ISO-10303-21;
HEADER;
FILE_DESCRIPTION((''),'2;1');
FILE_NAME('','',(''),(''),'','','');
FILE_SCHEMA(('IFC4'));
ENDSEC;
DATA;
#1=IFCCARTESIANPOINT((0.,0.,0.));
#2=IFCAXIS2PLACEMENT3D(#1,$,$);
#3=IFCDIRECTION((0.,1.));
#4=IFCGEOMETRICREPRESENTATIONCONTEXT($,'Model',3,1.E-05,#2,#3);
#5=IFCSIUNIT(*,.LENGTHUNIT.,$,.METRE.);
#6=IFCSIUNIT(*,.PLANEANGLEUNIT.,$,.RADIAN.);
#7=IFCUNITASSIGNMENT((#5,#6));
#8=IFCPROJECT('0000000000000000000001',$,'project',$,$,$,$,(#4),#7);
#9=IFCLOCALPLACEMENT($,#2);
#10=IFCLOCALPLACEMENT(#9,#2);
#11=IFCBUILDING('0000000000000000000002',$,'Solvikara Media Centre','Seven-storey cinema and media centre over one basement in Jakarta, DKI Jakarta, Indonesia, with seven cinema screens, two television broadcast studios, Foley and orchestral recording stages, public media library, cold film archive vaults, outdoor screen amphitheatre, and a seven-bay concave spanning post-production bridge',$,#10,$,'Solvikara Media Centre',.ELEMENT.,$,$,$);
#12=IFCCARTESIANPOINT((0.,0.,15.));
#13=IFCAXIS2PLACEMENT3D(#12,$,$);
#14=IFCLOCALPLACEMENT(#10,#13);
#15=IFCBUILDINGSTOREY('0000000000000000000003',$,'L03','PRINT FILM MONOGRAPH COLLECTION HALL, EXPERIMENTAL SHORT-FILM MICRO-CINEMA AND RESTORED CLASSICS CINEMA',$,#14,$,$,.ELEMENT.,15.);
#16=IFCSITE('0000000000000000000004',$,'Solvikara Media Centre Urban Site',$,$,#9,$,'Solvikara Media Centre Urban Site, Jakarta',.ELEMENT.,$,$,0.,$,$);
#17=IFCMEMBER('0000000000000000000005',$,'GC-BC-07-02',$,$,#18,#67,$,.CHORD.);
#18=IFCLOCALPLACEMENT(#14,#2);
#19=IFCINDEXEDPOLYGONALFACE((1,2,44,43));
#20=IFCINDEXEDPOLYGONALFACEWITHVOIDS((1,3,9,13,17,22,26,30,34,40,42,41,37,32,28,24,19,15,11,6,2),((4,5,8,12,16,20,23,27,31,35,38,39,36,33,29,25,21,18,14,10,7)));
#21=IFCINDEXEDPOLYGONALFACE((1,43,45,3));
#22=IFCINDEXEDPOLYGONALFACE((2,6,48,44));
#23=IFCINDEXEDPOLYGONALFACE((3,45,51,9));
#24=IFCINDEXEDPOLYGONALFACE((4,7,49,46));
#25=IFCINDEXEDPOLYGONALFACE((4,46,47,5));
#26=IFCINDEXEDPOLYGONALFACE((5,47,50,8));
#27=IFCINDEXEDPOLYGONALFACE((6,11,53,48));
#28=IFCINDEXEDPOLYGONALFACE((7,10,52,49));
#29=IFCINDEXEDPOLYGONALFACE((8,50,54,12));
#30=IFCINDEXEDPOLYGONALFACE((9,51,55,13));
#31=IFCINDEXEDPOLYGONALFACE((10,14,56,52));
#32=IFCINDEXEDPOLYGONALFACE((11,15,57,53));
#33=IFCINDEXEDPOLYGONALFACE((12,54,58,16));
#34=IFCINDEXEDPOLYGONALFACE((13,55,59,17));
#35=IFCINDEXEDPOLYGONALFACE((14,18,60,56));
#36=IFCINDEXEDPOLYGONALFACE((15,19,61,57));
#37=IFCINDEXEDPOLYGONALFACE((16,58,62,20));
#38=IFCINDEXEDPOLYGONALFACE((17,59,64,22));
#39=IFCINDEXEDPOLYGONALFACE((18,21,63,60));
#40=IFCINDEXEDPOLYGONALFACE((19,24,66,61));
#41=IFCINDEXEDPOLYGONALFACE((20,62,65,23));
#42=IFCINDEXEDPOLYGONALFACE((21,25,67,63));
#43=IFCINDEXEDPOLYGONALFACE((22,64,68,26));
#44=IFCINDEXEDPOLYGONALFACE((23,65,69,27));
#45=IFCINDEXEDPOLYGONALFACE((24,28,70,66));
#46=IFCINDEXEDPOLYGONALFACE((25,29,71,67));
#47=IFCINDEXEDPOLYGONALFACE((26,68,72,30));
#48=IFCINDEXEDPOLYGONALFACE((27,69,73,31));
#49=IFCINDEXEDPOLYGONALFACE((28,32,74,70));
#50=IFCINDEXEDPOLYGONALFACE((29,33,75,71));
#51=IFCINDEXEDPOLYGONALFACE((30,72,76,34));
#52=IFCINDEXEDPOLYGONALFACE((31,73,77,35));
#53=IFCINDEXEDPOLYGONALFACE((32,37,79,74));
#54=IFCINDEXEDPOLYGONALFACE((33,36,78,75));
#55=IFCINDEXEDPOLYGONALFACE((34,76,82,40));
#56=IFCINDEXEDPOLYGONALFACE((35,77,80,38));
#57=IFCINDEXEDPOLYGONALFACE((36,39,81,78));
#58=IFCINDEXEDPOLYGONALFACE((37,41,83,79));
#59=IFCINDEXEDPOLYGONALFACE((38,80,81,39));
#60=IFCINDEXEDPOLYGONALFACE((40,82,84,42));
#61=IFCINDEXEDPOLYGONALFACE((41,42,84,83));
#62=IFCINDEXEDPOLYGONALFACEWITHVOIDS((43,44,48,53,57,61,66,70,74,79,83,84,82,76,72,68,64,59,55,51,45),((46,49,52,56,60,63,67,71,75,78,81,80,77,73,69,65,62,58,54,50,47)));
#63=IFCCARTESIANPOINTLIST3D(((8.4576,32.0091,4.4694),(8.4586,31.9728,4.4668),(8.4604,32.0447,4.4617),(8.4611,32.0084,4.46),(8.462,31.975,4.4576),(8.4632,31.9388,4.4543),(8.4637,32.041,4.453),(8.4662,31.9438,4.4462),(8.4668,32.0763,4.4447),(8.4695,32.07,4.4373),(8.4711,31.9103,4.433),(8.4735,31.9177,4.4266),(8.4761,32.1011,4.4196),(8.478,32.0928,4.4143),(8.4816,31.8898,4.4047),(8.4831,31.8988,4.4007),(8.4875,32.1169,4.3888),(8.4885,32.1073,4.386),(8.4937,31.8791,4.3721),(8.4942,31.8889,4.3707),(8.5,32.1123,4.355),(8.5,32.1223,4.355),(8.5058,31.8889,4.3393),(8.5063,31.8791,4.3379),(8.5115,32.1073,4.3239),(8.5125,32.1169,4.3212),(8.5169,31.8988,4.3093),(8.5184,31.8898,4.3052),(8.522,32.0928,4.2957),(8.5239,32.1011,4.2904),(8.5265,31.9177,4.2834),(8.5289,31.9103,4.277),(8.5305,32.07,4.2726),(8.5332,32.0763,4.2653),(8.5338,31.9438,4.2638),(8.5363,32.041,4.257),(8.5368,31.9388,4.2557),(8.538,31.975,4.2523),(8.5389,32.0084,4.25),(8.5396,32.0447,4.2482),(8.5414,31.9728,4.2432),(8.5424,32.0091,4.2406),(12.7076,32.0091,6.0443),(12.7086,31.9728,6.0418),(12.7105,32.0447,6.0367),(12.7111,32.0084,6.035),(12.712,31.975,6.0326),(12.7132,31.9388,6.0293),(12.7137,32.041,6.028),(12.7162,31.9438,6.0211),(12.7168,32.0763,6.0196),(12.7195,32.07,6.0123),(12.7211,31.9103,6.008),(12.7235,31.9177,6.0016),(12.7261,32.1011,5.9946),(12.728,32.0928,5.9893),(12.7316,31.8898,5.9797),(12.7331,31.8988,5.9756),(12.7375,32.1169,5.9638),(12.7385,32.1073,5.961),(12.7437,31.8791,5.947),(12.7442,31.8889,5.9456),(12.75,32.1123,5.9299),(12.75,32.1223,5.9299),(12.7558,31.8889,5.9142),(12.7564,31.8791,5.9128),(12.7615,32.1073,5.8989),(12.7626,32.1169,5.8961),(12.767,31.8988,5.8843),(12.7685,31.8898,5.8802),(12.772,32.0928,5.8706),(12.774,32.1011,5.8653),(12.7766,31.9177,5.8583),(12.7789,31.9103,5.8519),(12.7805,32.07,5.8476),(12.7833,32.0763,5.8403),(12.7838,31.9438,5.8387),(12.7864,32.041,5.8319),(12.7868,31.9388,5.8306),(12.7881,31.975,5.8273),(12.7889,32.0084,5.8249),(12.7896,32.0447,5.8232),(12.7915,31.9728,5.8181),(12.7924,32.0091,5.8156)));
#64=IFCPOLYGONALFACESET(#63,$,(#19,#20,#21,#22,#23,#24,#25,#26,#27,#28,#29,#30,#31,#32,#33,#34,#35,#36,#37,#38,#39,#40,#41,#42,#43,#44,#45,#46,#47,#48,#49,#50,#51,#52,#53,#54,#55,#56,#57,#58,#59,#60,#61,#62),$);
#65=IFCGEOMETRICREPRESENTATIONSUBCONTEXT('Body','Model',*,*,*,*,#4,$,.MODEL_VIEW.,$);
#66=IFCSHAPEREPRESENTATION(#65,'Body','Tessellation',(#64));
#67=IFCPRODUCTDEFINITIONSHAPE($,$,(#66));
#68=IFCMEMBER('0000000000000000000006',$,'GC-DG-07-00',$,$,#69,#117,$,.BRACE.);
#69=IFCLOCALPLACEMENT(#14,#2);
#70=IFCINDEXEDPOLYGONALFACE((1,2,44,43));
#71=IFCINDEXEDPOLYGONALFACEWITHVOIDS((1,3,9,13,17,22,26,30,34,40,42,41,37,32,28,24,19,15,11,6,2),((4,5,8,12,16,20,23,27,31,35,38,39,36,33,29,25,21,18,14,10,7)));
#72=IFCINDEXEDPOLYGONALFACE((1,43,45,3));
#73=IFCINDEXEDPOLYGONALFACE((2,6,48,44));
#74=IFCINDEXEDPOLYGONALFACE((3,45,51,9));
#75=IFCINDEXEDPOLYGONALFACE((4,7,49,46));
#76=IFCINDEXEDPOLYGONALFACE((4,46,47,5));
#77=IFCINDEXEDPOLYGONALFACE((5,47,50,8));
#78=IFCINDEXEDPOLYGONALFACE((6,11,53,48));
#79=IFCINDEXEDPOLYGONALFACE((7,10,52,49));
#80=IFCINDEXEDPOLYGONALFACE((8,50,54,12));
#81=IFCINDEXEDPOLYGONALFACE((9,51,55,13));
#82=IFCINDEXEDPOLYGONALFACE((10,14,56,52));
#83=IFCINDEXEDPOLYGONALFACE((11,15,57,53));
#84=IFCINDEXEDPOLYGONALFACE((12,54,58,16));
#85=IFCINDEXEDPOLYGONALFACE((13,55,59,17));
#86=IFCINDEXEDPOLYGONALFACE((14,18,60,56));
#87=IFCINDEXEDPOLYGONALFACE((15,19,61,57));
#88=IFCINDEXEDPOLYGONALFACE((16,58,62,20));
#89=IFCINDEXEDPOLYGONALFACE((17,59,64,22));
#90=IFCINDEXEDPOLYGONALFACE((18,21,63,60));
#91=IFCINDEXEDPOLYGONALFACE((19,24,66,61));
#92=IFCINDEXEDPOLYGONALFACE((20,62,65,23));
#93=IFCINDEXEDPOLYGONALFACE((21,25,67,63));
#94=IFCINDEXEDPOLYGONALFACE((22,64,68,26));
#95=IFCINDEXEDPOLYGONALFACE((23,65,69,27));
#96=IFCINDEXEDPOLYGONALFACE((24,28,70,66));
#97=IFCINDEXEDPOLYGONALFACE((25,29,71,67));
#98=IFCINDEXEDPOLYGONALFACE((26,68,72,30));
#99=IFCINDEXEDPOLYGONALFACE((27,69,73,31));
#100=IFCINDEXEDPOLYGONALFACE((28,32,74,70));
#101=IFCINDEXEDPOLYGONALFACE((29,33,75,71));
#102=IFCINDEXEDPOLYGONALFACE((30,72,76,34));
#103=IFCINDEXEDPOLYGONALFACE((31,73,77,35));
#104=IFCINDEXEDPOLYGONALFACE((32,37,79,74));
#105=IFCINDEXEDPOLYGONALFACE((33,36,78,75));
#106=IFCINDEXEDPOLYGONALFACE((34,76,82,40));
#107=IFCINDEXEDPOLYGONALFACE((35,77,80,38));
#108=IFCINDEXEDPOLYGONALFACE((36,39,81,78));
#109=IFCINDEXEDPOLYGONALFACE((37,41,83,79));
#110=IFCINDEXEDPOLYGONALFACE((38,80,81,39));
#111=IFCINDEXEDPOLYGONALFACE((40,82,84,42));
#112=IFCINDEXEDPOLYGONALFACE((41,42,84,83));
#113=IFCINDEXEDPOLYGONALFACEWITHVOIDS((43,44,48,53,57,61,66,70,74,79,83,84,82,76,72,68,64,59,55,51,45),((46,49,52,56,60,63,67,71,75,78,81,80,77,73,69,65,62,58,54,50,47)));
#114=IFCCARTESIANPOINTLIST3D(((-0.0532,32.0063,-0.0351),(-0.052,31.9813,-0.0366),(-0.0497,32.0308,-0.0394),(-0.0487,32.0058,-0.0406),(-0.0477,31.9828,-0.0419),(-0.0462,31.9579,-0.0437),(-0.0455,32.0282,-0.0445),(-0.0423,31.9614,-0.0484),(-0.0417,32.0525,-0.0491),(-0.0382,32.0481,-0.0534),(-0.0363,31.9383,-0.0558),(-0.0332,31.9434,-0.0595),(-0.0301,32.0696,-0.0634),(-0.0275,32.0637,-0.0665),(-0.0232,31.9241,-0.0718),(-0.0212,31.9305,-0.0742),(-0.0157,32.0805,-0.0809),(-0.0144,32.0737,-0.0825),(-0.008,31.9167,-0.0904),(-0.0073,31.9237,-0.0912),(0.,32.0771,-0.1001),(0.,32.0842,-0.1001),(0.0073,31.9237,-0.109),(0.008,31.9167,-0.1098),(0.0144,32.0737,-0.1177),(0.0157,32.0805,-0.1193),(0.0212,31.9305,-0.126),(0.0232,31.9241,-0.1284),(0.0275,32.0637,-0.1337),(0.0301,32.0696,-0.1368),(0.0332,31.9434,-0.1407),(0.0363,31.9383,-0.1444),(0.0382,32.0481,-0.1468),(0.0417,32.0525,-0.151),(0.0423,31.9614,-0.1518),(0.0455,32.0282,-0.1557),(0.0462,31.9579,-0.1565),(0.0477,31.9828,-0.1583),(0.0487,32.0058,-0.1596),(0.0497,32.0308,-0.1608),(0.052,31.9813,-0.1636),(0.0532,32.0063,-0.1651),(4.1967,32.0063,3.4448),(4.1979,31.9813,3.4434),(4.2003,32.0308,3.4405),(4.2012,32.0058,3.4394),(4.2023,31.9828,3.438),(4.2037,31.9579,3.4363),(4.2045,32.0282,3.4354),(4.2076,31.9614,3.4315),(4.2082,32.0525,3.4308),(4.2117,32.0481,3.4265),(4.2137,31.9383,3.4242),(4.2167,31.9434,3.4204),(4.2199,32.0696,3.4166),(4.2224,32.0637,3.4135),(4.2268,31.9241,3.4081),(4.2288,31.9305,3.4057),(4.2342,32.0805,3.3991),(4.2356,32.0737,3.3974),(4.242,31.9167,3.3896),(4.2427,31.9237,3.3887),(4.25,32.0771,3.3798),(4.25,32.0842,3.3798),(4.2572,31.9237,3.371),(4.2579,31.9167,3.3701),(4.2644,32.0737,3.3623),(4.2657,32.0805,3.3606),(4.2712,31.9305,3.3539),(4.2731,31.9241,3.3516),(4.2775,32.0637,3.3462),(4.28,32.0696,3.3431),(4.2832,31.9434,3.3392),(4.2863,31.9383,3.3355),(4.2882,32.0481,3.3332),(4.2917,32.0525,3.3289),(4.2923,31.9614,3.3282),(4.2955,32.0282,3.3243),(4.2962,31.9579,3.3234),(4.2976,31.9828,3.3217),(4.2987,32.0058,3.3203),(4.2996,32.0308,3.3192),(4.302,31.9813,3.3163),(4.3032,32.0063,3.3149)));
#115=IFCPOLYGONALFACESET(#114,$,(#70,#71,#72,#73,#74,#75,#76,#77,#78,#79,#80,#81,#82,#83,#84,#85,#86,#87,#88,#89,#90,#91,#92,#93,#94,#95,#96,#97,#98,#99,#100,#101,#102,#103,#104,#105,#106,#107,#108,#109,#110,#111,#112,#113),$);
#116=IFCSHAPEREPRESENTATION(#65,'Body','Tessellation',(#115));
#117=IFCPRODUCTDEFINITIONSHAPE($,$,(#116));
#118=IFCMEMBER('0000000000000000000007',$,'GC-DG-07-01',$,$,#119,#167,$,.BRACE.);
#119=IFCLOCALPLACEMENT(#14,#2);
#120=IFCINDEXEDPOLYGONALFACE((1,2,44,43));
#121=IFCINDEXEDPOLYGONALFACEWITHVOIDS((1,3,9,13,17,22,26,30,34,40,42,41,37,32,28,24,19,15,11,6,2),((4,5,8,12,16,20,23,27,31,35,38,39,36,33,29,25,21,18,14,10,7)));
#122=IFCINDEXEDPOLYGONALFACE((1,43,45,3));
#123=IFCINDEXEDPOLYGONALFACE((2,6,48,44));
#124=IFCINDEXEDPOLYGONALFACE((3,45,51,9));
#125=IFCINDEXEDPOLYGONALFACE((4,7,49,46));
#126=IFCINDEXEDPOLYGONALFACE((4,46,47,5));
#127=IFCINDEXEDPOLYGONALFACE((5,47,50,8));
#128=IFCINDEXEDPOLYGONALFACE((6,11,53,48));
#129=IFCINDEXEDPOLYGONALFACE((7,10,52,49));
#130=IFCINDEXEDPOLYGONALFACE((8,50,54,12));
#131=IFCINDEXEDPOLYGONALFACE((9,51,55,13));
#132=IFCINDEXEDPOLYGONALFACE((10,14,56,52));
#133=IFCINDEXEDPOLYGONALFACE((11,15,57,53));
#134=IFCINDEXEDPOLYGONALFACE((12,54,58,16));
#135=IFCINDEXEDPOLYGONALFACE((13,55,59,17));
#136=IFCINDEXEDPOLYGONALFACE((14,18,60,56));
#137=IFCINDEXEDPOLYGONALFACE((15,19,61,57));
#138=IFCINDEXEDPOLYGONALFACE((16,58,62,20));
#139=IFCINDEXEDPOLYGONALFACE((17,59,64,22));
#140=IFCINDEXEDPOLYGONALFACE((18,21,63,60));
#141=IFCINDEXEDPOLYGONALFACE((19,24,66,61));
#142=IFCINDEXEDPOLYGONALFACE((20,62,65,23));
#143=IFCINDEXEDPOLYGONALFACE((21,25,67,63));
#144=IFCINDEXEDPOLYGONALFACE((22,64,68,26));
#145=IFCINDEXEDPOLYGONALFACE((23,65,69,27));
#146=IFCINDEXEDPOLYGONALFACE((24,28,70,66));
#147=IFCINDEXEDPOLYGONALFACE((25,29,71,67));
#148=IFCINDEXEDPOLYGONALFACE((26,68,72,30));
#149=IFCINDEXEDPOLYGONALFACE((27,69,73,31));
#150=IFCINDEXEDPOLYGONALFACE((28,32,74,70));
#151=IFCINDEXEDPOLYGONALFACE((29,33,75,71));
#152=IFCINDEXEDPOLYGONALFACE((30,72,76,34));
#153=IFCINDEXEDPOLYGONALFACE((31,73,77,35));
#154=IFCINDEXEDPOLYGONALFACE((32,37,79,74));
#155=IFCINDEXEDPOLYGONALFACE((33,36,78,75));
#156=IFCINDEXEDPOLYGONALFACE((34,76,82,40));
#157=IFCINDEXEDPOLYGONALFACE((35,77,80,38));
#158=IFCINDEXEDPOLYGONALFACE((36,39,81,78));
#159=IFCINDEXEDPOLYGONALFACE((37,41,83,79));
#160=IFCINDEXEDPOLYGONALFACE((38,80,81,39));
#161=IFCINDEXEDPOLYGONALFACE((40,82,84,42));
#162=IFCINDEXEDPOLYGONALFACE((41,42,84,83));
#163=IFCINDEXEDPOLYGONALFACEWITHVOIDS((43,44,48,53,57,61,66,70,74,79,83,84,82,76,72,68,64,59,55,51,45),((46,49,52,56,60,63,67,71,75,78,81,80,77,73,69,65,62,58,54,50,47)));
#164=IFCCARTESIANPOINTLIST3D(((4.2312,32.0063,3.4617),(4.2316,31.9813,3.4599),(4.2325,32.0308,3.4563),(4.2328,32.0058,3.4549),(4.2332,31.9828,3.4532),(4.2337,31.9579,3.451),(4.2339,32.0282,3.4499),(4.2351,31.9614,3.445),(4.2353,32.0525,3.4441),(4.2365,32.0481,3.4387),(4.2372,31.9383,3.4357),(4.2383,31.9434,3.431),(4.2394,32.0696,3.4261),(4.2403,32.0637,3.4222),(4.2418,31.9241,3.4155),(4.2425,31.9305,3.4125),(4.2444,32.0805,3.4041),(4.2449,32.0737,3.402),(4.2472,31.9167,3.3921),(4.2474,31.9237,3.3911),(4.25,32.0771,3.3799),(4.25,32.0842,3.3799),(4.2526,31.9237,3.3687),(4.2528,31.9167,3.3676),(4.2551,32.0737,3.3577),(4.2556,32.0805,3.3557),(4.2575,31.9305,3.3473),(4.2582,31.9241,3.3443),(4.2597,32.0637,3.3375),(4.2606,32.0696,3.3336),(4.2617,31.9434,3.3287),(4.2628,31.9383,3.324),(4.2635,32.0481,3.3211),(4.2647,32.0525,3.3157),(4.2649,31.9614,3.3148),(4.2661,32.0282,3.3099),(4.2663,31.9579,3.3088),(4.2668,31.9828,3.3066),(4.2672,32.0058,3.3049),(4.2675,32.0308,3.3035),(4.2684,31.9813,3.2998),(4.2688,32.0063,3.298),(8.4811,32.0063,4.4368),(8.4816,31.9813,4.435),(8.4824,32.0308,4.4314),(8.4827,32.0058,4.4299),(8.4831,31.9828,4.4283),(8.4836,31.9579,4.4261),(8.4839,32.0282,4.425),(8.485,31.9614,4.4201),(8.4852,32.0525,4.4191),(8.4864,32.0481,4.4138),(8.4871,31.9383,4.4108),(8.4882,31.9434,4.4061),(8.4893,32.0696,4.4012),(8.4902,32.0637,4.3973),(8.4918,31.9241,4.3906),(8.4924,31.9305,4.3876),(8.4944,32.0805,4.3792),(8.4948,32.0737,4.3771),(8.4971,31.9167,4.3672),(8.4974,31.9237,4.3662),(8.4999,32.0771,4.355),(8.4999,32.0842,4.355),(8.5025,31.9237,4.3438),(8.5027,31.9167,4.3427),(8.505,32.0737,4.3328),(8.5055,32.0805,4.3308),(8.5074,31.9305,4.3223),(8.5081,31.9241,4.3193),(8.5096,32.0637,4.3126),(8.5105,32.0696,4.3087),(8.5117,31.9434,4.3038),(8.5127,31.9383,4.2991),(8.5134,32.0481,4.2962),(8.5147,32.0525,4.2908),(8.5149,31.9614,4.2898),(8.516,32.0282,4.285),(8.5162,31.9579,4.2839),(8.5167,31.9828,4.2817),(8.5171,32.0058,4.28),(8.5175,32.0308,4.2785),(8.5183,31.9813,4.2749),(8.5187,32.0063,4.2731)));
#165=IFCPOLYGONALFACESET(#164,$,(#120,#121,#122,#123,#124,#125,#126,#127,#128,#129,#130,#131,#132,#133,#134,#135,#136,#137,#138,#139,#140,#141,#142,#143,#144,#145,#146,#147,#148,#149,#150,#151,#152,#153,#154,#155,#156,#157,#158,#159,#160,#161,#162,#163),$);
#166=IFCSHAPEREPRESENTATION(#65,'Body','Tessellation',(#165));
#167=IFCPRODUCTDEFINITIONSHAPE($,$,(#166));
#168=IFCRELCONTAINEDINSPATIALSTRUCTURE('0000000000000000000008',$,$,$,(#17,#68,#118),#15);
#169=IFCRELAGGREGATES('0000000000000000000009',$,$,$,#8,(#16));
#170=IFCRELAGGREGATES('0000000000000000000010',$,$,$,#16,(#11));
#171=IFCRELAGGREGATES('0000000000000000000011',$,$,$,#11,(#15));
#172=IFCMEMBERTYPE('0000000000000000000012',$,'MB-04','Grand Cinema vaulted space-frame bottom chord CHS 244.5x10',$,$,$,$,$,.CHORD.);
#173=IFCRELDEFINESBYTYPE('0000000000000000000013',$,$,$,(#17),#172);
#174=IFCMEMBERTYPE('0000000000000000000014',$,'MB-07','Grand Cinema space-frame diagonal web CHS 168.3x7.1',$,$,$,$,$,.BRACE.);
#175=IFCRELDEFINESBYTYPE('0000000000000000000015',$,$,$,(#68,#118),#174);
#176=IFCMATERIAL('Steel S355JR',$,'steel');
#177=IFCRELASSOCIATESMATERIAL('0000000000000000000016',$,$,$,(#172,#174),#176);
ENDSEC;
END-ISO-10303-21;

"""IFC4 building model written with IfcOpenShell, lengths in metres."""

from ifc_helpers import new_model, si_unit, direction, frame, origin, origin_2d, place, context, subcontext, project, spatial, hollow_circle, extrude, material, material_profile, profile_set, type_object, element, save


model = new_model("IFC4")

# Units and contexts
model_context = context("Model", 3, precision=1e-05, world=origin(), true_north=direction((0.0, 1.0)))
body_context = subcontext(model_context, "Body", "Model", "MODEL_VIEW")
ifc_project = project(units=[si_unit("LENGTHUNIT", "METRE"), si_unit("PLANEANGLEUNIT", "RADIAN")], contexts=[model_context])

# Site, building, storey
site_placement = place(None, origin())
site = spatial("IfcSite", under=ifc_project, at=site_placement, Name="Solvikara Media Centre Urban Site", LongName="Solvikara Media Centre Urban Site, Jakarta", CompositionType="ELEMENT", RefElevation=0.0)
building_placement = place(site_placement, origin())
building = spatial("IfcBuilding", under=site, at=building_placement, Name="Solvikara Media Centre", Description="Seven-storey cinema and media centre over one basement in Jakarta, DKI Jakarta, Indonesia, with seven cinema screens, two television broadcast studios, Foley and orchestral recording stages, public media library, cold film archive vaults, outdoor screen amphitheatre, and a seven-bay concave spanning post-production bridge", LongName="Solvikara Media Centre", CompositionType="ELEMENT")
storey_placement = place(building_placement, frame((0.0, 0.0, 15.0)))
storey = spatial("IfcBuildingStorey", under=building, at=storey_placement, Name="L03", Description="PRINT FILM MONOGRAPH COLLECTION HALL, EXPERIMENTAL SHORT-FILM MICRO-CINEMA AND RESTORED CLASSICS CINEMA", CompositionType="ELEMENT", Elevation=15.0)

# Shared definitions
ifc_material_1 = material(Name="Steel S355JR", Category="steel")

# Members
ifc_material_profile_1 = material_profile(ifc_material_1, hollow_circle(Radius=0.1223, WallThickness=0.01, at=origin_2d()), Name="CHS 244.5x10")
ifc_profile_set_1 = profile_set([ifc_material_profile_1], Name="Steel S355JR")
member_type_1 = type_object("IfcMemberType", Name="MB-04", Description="Grand Cinema vaulted space-frame bottom chord CHS 244.5x10", PredefinedType="CHORD", material=ifc_profile_set_1)
member_1_placement = place(storey_placement, frame((8.5, 32.0, 4.355), z_axis=(0.937686, 0.0, 0.347485), x_axis=(0.0, 1.0, 0.0)))
element("IfcMember", 1, at=member_1_placement, inside=storey, type_object=member_type_1, Name="GC-BC-07-02", PredefinedType="CHORD", context=body_context, shape_type="SweptSolid", body=[
    extrude(hollow_circle(Radius=0.1223, WallThickness=0.01, at=origin_2d()), origin(), (0.0, 0.0, 1.0), 4.5325),
])
ifc_material_profile_2 = material_profile(ifc_material_1, hollow_circle(Radius=0.0842, WallThickness=0.0071, at=origin_2d()), Name="CHS 168.3x7.1")
ifc_profile_set_2 = profile_set([ifc_material_profile_2], Name="Steel S355JR")
member_type_2 = type_object("IfcMemberType", Name="MB-07", Description="Grand Cinema space-frame diagonal web CHS 168.3x7.1", PredefinedType="BRACE", material=ifc_profile_set_2)
member_2_placement = place(storey_placement, frame((0.0, 32.0, -0.1001), z_axis=(0.773716, 0.0, 0.633533), x_axis=(0.0, 1.0, 0.0)))
element("IfcMember", 2, at=member_2_placement, inside=storey, type_object=member_type_2, Name="GC-DG-07-00", PredefinedType="BRACE", context=body_context, shape_type="SweptSolid", body=[
    extrude(hollow_circle(Radius=0.0842, WallThickness=0.0071, at=origin_2d()), origin(), (0.0, 0.0, 1.0), 5.4929),
])
member_3_placement = place(storey_placement, frame((4.25, 32.0, 3.3799), z_axis=(0.974675, 0.0, 0.223624), x_axis=(0.0, 1.0, 0.0)))
element("IfcMember", 3, at=member_3_placement, inside=storey, type_object=member_type_2, Name="GC-DG-07-01", PredefinedType="BRACE", context=body_context, shape_type="SweptSolid", body=[
    extrude(hollow_circle(Radius=0.0842, WallThickness=0.0071, at=origin_2d()), origin(), (0.0, 0.0, 1.0), 4.3604),
])

save(model, "model.ifc")
